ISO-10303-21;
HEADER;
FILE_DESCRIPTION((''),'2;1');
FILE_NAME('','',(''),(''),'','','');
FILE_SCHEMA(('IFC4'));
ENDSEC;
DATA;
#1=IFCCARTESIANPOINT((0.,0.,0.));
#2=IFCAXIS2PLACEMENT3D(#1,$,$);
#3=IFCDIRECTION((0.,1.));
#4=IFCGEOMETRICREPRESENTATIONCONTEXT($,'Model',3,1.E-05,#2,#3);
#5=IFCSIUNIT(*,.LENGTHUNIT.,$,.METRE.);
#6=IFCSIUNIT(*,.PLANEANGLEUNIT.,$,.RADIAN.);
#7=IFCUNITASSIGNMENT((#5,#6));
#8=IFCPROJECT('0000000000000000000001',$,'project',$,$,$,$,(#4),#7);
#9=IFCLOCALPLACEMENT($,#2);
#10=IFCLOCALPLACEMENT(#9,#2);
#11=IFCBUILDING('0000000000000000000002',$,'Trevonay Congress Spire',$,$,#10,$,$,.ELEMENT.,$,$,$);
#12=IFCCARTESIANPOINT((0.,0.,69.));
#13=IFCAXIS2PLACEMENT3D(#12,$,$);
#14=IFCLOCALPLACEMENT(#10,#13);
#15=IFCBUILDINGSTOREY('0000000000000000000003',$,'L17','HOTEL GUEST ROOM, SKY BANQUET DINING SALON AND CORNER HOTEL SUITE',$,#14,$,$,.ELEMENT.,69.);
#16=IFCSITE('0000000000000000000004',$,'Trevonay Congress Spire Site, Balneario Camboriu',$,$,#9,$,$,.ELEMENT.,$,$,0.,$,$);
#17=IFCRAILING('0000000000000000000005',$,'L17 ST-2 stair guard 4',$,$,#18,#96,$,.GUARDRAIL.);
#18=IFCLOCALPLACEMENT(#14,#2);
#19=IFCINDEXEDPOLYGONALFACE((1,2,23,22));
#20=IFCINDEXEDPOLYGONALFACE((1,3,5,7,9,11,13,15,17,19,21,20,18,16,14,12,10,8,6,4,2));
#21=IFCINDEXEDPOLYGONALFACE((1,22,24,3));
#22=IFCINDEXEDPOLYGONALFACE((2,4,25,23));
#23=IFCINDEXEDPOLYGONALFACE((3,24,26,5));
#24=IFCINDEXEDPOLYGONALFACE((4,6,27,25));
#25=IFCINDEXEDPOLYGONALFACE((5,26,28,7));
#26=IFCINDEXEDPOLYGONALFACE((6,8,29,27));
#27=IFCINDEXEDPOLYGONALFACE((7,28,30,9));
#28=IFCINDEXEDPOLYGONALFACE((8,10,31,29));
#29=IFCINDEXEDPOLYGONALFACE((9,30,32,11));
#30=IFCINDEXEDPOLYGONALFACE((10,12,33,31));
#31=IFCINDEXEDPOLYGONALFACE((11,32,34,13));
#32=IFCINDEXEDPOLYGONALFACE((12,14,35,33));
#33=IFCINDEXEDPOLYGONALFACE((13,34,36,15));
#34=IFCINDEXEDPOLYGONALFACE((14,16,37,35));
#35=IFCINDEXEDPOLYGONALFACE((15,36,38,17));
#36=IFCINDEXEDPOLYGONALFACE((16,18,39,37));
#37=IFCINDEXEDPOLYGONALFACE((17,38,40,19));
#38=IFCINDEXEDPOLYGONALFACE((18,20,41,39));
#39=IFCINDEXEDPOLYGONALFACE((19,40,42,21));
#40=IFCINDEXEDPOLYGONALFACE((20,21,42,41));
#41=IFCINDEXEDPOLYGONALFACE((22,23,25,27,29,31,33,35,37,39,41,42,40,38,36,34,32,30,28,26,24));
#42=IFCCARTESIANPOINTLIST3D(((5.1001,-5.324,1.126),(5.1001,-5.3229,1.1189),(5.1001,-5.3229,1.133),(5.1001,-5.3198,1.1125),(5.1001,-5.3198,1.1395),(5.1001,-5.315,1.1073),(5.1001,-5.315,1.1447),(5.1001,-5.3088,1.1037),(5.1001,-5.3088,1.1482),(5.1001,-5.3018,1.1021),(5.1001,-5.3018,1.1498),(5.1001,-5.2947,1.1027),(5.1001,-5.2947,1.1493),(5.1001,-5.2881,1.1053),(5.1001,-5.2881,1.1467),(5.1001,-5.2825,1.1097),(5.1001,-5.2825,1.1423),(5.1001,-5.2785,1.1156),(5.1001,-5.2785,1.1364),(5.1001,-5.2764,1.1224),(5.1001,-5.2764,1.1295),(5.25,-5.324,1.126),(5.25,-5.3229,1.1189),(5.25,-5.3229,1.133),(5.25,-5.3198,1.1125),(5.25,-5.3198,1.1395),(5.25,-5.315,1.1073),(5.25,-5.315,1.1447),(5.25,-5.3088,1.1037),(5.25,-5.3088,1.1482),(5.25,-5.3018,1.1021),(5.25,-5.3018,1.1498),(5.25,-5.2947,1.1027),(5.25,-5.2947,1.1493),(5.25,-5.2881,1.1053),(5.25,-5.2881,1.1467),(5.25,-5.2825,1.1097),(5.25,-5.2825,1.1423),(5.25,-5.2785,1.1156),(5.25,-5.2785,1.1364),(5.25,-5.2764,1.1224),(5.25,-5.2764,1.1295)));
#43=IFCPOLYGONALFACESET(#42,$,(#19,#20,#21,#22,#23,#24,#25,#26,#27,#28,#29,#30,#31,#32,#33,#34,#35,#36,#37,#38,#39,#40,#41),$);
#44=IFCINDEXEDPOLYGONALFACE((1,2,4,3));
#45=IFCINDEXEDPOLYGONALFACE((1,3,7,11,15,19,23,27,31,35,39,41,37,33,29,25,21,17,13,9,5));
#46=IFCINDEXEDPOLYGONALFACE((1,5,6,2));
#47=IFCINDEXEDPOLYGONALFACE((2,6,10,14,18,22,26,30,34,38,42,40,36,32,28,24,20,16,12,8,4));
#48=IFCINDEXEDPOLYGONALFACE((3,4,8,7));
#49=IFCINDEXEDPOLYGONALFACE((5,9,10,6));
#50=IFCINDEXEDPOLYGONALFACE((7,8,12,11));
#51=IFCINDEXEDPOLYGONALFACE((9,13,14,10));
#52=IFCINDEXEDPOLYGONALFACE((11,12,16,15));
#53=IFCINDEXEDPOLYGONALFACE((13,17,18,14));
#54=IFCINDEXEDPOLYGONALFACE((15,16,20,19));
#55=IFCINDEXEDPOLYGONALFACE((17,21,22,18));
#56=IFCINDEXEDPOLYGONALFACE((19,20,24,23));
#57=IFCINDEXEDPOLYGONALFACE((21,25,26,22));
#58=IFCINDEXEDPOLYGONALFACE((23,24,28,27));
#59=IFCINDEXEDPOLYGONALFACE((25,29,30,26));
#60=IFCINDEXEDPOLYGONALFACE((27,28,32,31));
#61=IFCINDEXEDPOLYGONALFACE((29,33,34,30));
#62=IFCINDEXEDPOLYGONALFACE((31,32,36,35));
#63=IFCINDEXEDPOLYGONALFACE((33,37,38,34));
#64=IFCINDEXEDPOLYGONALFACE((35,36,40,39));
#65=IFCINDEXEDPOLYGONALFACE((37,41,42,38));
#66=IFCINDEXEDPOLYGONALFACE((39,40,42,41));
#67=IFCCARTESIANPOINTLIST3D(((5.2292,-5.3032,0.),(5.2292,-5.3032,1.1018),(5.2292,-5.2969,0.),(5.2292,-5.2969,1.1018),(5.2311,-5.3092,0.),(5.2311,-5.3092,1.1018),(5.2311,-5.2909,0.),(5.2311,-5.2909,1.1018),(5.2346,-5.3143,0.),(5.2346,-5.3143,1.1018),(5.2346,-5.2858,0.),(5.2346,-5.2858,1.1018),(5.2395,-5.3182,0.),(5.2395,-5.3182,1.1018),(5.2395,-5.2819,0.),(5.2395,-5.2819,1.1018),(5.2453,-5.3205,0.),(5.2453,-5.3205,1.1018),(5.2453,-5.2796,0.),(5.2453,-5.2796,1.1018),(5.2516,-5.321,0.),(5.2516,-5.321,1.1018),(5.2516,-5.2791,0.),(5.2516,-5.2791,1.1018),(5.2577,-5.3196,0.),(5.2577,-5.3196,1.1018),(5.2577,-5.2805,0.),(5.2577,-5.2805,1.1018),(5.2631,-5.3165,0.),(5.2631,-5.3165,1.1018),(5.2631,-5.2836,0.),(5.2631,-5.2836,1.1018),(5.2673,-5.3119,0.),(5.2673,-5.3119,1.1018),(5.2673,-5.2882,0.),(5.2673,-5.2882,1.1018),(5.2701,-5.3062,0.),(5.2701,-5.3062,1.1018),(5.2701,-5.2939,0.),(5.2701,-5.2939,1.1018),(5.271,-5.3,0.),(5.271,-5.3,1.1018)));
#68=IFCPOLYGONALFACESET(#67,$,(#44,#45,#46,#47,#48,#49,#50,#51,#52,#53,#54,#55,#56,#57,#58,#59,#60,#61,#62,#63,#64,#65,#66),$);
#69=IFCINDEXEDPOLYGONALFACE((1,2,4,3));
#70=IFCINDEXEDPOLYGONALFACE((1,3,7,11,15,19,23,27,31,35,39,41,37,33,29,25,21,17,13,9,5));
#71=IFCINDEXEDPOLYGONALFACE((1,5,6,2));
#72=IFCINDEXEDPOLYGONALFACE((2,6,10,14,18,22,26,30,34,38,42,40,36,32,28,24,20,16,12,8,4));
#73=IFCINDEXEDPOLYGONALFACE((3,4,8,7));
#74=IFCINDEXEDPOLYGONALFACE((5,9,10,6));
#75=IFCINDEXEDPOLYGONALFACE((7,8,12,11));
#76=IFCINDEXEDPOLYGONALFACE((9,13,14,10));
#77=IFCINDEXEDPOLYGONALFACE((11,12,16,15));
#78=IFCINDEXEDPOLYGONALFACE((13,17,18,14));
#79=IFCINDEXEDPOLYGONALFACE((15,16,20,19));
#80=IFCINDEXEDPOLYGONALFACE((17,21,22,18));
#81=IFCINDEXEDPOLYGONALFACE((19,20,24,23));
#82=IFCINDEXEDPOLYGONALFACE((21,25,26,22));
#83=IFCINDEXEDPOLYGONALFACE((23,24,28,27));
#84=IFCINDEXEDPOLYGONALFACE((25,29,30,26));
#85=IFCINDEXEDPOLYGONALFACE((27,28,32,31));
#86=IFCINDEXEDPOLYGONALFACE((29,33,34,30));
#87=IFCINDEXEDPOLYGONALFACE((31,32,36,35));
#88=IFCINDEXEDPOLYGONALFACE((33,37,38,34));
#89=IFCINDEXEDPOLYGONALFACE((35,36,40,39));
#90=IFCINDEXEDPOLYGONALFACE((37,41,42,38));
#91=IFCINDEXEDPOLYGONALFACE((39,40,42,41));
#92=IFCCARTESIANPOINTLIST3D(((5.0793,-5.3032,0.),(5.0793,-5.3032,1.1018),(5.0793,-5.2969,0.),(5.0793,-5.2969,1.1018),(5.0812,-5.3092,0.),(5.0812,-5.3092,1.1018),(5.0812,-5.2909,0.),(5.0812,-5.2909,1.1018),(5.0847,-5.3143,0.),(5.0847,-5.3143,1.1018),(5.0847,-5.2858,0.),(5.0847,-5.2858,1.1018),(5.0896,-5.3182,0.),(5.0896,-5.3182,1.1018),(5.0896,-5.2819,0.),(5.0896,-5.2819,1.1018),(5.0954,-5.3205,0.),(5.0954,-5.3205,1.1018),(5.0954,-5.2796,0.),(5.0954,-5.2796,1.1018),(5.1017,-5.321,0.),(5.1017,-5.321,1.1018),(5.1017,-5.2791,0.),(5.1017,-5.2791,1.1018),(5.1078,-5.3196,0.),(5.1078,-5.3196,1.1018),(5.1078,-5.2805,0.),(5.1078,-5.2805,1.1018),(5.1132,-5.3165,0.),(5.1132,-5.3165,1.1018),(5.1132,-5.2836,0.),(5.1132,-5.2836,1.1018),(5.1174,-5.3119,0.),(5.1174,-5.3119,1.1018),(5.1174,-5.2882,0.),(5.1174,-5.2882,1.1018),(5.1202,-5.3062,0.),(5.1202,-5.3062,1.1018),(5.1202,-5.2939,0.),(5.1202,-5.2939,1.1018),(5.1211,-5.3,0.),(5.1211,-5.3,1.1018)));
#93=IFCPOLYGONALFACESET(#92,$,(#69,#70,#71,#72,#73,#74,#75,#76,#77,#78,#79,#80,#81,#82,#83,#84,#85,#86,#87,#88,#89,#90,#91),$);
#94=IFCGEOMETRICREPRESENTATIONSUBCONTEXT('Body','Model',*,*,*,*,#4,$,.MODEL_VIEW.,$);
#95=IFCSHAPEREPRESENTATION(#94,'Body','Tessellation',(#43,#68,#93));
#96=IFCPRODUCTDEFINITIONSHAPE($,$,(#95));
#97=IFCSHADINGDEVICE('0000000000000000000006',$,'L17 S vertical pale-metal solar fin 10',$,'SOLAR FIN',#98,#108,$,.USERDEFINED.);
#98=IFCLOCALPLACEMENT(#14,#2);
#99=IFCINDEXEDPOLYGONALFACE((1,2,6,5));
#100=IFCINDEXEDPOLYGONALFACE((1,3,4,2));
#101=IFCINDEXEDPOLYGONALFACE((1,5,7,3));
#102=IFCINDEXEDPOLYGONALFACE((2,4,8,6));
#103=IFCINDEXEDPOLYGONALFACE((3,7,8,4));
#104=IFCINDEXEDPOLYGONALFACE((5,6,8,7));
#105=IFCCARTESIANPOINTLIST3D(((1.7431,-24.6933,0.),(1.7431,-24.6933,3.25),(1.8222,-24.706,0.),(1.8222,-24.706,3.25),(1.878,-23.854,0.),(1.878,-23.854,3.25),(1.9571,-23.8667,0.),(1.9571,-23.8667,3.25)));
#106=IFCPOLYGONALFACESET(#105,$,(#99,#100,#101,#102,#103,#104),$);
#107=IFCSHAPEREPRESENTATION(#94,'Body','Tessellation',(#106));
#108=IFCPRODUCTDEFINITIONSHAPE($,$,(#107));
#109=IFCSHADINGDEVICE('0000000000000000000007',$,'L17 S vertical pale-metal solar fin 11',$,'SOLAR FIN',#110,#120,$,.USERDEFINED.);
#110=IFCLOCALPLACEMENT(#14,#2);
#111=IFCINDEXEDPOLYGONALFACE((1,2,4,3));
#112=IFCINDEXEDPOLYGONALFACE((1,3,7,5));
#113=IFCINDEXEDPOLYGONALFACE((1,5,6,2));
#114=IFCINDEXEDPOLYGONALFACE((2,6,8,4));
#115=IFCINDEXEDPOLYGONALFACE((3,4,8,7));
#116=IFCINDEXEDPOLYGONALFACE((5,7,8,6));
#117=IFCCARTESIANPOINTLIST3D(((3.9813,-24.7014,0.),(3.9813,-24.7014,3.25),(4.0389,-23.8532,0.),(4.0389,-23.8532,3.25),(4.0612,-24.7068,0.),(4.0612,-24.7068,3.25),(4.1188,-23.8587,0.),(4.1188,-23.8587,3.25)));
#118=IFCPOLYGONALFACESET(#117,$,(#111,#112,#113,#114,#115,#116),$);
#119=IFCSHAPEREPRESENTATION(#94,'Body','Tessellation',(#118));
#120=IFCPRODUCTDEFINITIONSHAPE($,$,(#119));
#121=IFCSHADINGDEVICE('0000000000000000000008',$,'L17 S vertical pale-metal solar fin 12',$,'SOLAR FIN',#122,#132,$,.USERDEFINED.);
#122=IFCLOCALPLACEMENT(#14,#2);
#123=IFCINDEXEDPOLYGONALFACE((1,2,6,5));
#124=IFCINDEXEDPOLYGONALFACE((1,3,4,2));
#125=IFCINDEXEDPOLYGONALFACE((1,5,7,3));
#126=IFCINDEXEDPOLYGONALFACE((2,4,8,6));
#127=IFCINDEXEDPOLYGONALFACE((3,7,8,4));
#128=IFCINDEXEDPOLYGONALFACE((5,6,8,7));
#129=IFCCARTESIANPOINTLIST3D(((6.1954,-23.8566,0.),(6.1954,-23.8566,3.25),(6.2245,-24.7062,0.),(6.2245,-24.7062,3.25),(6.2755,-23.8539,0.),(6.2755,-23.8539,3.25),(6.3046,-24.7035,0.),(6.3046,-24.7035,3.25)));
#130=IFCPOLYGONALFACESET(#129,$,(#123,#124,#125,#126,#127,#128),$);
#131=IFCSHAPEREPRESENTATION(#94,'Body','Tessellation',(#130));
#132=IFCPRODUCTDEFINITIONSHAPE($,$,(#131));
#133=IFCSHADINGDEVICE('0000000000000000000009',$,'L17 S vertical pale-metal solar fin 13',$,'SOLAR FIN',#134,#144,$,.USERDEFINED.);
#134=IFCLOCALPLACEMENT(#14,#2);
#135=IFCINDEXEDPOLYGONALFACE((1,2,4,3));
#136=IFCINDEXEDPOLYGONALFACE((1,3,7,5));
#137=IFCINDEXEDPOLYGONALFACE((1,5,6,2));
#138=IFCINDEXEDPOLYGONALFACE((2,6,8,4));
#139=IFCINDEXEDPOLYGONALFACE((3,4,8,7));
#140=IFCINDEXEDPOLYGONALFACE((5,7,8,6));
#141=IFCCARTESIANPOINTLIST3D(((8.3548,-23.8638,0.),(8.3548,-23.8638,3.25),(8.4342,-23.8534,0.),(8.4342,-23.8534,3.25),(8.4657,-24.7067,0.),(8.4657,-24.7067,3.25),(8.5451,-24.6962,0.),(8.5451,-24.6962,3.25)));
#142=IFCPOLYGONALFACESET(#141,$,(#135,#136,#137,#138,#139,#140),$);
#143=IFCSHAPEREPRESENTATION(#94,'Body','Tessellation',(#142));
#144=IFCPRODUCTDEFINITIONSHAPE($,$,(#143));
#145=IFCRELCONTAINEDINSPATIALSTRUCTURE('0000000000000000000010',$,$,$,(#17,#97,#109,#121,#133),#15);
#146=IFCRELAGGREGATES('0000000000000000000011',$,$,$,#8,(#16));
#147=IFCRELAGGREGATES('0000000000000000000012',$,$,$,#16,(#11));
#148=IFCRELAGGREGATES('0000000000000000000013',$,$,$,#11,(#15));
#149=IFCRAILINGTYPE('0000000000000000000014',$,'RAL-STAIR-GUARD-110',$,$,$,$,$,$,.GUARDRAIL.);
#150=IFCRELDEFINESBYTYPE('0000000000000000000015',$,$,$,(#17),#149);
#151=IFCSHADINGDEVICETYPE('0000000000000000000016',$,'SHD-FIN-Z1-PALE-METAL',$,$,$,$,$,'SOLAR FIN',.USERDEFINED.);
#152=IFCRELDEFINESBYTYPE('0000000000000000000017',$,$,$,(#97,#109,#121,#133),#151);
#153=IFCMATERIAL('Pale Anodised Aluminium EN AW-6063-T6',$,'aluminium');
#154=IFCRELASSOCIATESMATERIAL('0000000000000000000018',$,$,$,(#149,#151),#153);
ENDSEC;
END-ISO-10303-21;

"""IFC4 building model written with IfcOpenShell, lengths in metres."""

from ifc_helpers import new_model, si_unit, direction, frame, origin, origin_2d, place, context, subcontext, project, spatial, rectangle, circle, extrude, material, type_object, element, save


model = new_model("IFC4")

# Units and contexts
model_context = context("Model", 3, precision=1e-05, world=origin(), true_north=direction((0.0, 1.0)))
body_context = subcontext(model_context, "Body", "Model", "MODEL_VIEW")
ifc_project = project(units=[si_unit("LENGTHUNIT", "METRE"), si_unit("PLANEANGLEUNIT", "RADIAN")], contexts=[model_context])

# Site, building, storey
site_placement = place(None, origin())
site = spatial("IfcSite", under=ifc_project, at=site_placement, Name="Trevonay Congress Spire Site, Balneario Camboriu", CompositionType="ELEMENT", RefElevation=0.0)
building_placement = place(site_placement, origin())
building = spatial("IfcBuilding", under=site, at=building_placement, Name="Trevonay Congress Spire", CompositionType="ELEMENT")
storey_placement = place(building_placement, frame((0.0, 0.0, 69.0)))
storey = spatial("IfcBuildingStorey", under=building, at=storey_placement, Name="L17", Description="HOTEL GUEST ROOM, SKY BANQUET DINING SALON AND CORNER HOTEL SUITE", CompositionType="ELEMENT", Elevation=69.0)

# Shared definitions
ifc_material_1 = material(Name="Pale Anodised Aluminium EN AW-6063-T6", Category="aluminium")

# Railing
railing_type = type_object("IfcRailingType", Name="RAL-STAIR-GUARD-110", PredefinedType="GUARDRAIL", material=ifc_material_1)
railing_1_placement = place(storey_placement, frame((5.25, -5.3, 0.0)))
element("IfcRailing", 1, at=railing_1_placement, inside=storey, type_object=railing_type, Name="L17 ST-2 stair guard 4", PredefinedType="GUARDRAIL", context=body_context, shape_type="SweptSolid", body=[
    extrude(circle(Radius=0.0239, at=origin_2d()), frame((0.0, 0.0, 1.126), z_axis=(-1.0, 0.0, 0.0), x_axis=(0.0, -1.0, 0.0)), (0.0, 0.0, 1.0), 0.1499),
    extrude(circle(Radius=0.021, at=origin_2d()), origin(), (0.0, 0.0, 1.0), 1.1018),
    extrude(circle(Radius=0.021, at=origin_2d()), frame((-0.1499, 0.0, 0.0)), (0.0, 0.0, 1.0), 1.1018),
])

# Shading devices
shading_device_type = type_object("IfcShadingDeviceType", Name="SHD-FIN-Z1-PALE-METAL", ElementType="SOLAR FIN", PredefinedType="USERDEFINED", material=ifc_material_1)
for number, where, z_axis, x_axis, name in (
    (2, (1.8501, -24.28, 0.0), (0.0, 0.0, 1.0), (0.987331, -0.158675, 0.0), "L17 S vertical pale-metal solar fin 10"),
    (3, (4.05, -24.28, 0.0), (0.0, 0.0, 1.0), (0.997708, -0.067667, 0.0), "L17 S vertical pale-metal solar fin 11"),
    (4, (6.25, -24.28, 0.0), (0.0, 0.0, 1.0), (0.999415, 0.034202, 0.0), "L17 S vertical pale-metal solar fin 12"),
    (5, (8.45, -24.28, 0.0), (0.0, 0.0, 1.0), (0.991445, 0.130526, 0.0), "L17 S vertical pale-metal solar fin 13"),
):
    element("IfcShadingDevice", number, at=place(storey_placement, frame(where, z_axis=z_axis, x_axis=x_axis)), inside=storey, type_object=shading_device_type, Name=name, ObjectType="SOLAR FIN", PredefinedType="USERDEFINED", context=body_context, shape_type="SweptSolid", body=[
        extrude(rectangle(XDim=0.0801, YDim=0.8501, at=origin_2d()), origin(), (0.0, 0.0, 1.0), 3.25),
    ])

save(model, "model.ifc")
